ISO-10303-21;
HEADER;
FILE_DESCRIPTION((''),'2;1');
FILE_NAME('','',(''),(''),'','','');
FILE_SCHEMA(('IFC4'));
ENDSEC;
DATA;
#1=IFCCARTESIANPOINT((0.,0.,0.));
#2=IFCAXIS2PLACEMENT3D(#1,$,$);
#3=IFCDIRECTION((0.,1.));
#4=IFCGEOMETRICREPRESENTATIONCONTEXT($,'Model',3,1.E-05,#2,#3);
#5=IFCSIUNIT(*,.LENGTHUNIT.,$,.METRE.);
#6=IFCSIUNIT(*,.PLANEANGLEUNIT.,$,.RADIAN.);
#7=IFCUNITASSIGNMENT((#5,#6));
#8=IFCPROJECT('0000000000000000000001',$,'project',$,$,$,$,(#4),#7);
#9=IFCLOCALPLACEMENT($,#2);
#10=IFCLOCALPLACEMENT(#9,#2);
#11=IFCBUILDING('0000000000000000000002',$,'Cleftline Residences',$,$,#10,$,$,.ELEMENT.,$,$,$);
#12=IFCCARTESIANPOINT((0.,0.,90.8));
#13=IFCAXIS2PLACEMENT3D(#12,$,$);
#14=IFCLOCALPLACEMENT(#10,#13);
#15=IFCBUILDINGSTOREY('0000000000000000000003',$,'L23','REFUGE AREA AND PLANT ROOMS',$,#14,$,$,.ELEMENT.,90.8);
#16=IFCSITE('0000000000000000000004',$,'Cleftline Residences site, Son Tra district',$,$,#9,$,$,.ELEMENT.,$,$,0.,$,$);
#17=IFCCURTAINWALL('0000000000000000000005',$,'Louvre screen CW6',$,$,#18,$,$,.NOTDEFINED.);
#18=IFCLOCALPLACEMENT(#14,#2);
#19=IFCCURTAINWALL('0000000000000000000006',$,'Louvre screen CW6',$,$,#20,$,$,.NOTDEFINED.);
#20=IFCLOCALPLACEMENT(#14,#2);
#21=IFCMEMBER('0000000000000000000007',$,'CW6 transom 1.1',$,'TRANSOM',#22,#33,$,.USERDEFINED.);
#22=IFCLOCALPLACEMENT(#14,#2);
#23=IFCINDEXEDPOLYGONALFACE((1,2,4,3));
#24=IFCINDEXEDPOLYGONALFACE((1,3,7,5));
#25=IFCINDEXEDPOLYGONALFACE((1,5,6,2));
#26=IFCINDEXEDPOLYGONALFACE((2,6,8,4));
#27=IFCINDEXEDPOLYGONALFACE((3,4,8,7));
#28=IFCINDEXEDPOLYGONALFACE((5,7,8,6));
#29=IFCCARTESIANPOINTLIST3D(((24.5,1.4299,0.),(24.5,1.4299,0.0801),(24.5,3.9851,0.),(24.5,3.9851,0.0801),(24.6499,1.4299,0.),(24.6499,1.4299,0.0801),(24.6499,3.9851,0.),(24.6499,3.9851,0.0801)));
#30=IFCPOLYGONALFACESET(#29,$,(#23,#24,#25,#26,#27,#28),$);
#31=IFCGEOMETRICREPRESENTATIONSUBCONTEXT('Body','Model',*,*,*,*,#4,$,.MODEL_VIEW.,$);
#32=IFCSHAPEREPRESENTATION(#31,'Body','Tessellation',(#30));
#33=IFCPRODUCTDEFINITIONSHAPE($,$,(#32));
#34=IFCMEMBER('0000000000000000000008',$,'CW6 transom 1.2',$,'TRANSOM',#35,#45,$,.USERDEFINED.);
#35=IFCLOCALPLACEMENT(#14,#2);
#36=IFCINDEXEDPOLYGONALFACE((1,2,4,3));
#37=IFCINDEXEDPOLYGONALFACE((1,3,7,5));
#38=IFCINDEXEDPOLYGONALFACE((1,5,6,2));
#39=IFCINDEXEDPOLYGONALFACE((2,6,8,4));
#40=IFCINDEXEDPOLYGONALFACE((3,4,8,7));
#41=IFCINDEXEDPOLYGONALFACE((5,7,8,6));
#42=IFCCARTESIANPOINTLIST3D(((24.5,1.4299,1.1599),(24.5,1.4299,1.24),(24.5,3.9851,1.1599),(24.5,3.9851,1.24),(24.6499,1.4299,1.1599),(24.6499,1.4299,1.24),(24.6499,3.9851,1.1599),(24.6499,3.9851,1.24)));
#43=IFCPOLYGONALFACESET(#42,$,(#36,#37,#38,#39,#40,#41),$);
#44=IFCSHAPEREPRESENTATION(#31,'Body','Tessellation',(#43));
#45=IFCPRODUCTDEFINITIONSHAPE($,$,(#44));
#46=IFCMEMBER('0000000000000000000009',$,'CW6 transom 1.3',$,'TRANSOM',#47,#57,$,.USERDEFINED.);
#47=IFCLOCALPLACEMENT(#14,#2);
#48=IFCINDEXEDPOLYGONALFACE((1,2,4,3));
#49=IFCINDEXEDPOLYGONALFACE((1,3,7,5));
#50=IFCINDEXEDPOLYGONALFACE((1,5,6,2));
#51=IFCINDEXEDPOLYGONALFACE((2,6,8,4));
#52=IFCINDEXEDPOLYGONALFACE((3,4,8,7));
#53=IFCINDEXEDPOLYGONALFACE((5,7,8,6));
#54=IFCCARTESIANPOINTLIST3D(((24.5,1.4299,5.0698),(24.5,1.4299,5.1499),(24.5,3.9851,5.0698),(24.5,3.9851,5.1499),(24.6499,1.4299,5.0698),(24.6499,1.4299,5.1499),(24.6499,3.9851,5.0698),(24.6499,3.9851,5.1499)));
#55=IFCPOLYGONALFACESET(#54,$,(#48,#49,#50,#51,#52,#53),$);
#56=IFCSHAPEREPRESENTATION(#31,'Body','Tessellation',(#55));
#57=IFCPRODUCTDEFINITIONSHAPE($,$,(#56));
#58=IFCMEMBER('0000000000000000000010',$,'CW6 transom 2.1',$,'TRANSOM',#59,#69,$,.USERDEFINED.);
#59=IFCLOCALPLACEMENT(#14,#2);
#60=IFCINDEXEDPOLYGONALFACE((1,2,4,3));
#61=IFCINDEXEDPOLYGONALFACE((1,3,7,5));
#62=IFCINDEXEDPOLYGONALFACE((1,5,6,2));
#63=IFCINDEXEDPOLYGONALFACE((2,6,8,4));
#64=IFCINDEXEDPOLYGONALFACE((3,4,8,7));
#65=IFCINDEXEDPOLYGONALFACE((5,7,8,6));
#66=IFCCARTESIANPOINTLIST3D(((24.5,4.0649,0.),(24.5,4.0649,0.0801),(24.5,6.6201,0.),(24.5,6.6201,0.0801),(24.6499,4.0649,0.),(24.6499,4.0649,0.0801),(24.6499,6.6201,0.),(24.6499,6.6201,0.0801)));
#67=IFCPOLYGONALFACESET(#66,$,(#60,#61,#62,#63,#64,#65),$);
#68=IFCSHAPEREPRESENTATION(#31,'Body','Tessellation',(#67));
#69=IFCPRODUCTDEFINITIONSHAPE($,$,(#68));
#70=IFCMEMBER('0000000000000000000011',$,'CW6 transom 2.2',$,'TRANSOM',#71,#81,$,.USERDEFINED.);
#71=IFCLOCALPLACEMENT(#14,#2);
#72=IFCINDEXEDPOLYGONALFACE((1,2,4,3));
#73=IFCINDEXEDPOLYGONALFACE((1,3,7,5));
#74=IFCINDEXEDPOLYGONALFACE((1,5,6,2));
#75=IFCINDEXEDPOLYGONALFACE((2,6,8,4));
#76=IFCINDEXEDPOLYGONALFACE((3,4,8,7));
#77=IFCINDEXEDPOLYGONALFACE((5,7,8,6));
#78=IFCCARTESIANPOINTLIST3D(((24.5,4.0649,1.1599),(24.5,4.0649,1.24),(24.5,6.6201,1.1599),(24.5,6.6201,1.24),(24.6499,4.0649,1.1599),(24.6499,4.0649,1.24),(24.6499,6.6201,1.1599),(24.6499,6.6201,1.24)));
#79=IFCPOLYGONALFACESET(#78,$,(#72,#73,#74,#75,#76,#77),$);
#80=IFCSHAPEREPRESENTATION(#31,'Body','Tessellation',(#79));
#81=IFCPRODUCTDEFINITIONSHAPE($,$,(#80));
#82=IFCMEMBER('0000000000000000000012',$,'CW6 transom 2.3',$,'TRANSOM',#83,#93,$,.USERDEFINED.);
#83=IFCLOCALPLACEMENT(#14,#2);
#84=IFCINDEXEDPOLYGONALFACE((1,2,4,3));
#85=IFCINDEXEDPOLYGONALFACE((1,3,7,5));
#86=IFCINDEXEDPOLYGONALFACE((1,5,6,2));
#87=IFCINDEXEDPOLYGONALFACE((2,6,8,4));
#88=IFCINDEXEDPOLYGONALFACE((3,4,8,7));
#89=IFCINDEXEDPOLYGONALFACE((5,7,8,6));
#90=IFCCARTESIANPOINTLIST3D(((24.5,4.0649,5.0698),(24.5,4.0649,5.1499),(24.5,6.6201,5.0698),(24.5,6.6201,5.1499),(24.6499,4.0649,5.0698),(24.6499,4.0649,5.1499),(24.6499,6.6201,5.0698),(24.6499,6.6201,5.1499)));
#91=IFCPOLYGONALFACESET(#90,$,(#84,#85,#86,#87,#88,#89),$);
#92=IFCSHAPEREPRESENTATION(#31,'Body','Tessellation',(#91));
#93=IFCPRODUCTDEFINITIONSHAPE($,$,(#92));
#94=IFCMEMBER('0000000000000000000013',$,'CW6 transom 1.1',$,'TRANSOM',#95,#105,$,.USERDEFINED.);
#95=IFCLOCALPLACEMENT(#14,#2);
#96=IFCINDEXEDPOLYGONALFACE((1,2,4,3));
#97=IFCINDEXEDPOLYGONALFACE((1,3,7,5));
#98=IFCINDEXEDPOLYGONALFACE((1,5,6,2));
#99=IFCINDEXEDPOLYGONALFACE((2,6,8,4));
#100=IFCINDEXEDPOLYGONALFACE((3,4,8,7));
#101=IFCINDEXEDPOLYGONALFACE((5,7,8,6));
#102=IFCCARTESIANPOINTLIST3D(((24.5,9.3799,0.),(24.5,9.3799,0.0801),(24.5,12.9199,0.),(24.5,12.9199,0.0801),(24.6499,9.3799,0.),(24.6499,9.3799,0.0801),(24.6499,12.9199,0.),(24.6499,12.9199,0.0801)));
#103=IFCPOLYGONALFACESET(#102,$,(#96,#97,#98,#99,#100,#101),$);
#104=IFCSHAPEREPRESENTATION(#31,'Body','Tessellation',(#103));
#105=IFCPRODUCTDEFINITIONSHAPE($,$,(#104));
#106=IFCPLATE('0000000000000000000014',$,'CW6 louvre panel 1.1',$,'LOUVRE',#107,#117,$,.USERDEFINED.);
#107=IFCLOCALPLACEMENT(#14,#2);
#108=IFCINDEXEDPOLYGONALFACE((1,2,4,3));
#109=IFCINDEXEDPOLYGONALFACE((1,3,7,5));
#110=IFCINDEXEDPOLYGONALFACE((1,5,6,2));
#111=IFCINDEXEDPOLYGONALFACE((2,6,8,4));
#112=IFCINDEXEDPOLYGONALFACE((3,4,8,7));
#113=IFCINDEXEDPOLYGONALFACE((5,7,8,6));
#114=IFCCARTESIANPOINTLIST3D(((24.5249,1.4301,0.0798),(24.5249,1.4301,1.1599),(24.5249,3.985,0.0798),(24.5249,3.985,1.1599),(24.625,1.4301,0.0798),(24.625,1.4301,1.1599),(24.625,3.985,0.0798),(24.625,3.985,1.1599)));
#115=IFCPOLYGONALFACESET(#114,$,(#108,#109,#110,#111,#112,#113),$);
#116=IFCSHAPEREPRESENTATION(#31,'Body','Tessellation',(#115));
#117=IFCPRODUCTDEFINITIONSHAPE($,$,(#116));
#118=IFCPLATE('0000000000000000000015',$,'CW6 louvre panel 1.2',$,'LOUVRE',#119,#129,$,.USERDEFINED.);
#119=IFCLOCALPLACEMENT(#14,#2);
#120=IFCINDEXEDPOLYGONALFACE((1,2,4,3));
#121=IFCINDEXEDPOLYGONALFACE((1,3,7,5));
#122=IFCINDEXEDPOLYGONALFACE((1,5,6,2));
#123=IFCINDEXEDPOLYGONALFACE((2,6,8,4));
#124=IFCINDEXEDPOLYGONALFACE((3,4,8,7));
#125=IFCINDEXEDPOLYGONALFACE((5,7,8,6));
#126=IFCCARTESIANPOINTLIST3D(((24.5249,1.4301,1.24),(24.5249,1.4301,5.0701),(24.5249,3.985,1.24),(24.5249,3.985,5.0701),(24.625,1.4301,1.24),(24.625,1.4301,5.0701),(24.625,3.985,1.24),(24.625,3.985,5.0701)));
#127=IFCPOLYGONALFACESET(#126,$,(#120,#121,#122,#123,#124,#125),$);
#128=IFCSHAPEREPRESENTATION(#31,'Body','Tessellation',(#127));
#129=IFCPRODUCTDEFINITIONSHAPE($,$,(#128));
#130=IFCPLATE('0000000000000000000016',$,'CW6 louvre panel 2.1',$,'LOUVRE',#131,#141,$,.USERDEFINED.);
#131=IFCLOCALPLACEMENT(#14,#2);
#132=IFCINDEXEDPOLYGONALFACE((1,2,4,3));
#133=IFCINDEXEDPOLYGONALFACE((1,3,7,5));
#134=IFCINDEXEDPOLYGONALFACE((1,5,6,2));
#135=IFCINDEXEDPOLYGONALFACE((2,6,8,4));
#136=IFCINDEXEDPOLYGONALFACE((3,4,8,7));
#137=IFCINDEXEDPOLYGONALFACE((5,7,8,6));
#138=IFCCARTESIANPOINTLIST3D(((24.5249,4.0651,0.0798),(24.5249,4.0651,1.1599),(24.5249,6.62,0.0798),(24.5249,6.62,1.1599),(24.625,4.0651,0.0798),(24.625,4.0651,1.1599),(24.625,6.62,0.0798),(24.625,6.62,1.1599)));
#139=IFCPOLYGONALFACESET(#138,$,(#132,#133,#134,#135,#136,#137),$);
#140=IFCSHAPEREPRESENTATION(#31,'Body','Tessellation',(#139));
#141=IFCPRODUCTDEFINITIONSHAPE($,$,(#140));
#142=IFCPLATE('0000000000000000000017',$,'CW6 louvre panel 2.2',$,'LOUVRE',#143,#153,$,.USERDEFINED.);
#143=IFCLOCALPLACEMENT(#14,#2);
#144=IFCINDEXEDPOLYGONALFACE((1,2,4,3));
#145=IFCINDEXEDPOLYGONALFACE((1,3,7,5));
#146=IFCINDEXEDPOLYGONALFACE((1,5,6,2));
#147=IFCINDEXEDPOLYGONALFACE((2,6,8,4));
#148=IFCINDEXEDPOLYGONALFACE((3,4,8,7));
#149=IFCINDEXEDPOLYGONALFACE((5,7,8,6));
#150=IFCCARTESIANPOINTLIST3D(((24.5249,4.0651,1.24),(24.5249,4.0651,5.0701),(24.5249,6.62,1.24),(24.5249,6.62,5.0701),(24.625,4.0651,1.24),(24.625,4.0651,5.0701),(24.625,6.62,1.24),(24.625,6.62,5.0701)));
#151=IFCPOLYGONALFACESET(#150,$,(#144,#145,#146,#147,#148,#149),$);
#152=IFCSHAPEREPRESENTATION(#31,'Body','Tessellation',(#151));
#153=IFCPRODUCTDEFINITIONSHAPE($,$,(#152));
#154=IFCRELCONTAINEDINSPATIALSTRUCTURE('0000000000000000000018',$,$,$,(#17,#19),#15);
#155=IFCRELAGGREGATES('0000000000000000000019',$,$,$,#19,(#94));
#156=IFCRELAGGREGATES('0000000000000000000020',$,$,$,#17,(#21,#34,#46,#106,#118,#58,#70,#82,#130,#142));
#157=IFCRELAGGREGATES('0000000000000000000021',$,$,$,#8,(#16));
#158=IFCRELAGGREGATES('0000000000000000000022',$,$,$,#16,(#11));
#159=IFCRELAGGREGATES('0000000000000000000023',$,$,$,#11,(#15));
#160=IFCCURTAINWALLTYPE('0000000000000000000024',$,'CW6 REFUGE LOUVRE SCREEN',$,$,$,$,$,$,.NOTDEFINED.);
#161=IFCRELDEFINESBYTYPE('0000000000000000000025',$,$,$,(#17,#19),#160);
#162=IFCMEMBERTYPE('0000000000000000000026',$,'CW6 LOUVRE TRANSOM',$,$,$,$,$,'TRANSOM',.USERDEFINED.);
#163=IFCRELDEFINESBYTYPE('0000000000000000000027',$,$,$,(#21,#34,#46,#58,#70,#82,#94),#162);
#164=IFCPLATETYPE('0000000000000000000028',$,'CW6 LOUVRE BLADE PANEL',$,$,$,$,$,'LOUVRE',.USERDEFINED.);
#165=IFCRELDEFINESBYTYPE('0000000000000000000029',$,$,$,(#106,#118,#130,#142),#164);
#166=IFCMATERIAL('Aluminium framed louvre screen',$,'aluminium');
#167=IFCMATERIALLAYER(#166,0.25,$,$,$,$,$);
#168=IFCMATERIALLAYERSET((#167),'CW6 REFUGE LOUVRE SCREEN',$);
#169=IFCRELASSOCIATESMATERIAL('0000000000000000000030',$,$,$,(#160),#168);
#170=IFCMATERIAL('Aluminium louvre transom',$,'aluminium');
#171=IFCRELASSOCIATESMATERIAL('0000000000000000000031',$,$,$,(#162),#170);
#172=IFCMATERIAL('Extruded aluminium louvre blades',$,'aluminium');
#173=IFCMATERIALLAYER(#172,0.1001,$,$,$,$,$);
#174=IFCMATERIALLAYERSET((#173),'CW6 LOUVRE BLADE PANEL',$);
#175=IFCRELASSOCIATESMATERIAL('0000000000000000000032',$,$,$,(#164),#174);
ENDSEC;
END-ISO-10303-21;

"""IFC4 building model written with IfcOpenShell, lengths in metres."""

from ifc_helpers import new_model, si_unit, direction, frame, origin, origin_2d, place, context, subcontext, project, spatial, rectangle, extrude, material, layer, layer_set, material_profile, profile_set, type_object, element, aggregate, save


model = new_model("IFC4")

# Units and contexts
model_context = context("Model", 3, precision=1e-05, world=origin(), true_north=direction((0.0, 1.0)))
body_context = subcontext(model_context, "Body", "Model", "MODEL_VIEW")
ifc_project = project(units=[si_unit("LENGTHUNIT", "METRE"), si_unit("PLANEANGLEUNIT", "RADIAN")], contexts=[model_context])

# Site, building, storey
site_placement = place(None, origin())
site = spatial("IfcSite", under=ifc_project, at=site_placement, Name="Cleftline Residences site, Son Tra district", CompositionType="ELEMENT", RefElevation=0.0)
building_placement = place(site_placement, origin())
building = spatial("IfcBuilding", under=site, at=building_placement, Name="Cleftline Residences", CompositionType="ELEMENT")
storey_placement = place(building_placement, frame((0.0, 0.0, 90.8)))
storey = spatial("IfcBuildingStorey", under=building, at=storey_placement, Name="L23", Description="REFUGE AREA AND PLANT ROOMS", CompositionType="ELEMENT", Elevation=90.8)

# Curtain wall
ifc_material_1 = material(Name="Aluminium framed louvre screen", Category="aluminium")
ifc_layer_1 = layer(ifc_material_1, 0.25)
ifc_layer_set_1 = layer_set([ifc_layer_1], Name="CW6 REFUGE LOUVRE SCREEN")
curtain_wall_type = type_object("IfcCurtainWallType", Name="CW6 REFUGE LOUVRE SCREEN", PredefinedType="NOTDEFINED", material=ifc_layer_set_1)
curtain_wall_1_placement = place(storey_placement, origin())
curtain_wall_1 = element("IfcCurtainWall", 1, at=curtain_wall_1_placement, inside=storey, type_object=curtain_wall_type, Name="Louvre screen CW6", PredefinedType="NOTDEFINED")

# Curtain wall
curtain_wall_2_placement = place(storey_placement, origin())
curtain_wall_2 = element("IfcCurtainWall", 2, at=curtain_wall_2_placement, inside=storey, type_object=curtain_wall_type, Name="Louvre screen CW6", PredefinedType="NOTDEFINED")

# Members
ifc_material_2 = material(Name="Aluminium louvre transom", Category="aluminium")
ifc_material_profile_1 = material_profile(ifc_material_2, rectangle(XDim=0.1499, YDim=0.0801, at=origin_2d()))
ifc_profile_set_1 = profile_set([ifc_material_profile_1], Name="Aluminium louvre transom")
member_type_1 = type_object("IfcMemberType", Name="CW6 LOUVRE TRANSOM", ElementType="TRANSOM", PredefinedType="USERDEFINED", material=ifc_profile_set_1)
member_1_placement = place(storey_placement, frame((24.575, 1.4299, 0.04), z_axis=(0.0, 1.0, 0.0), x_axis=(-1.0, 0.0, 0.0)))
member_1 = element("IfcMember", 3, at=member_1_placement, type_object=member_type_1, Name="CW6 transom 1.1", ObjectType="TRANSOM", PredefinedType="USERDEFINED", context=body_context, shape_type="SweptSolid", body=[
    extrude(rectangle(XDim=0.1499, YDim=0.0801, at=origin_2d()), origin(), (0.0, 0.0, 1.0), 2.5552),
])
member_2_placement = place(storey_placement, frame((24.575, 1.4299, 1.2), z_axis=(0.0, 1.0, 0.0), x_axis=(-1.0, 0.0, 0.0)))
member_2 = element("IfcMember", 4, at=member_2_placement, type_object=member_type_1, Name="CW6 transom 1.2", ObjectType="TRANSOM", PredefinedType="USERDEFINED", context=body_context, shape_type="SweptSolid", body=[
    extrude(rectangle(XDim=0.1499, YDim=0.0801, at=origin_2d()), origin(), (0.0, 0.0, 1.0), 2.5552),
])
member_3_placement = place(storey_placement, frame((24.575, 1.4299, 5.1099), z_axis=(0.0, 1.0, 0.0), x_axis=(-1.0, 0.0, 0.0)))
member_3 = element("IfcMember", 5, at=member_3_placement, type_object=member_type_1, Name="CW6 transom 1.3", ObjectType="TRANSOM", PredefinedType="USERDEFINED", context=body_context, shape_type="SweptSolid", body=[
    extrude(rectangle(XDim=0.1499, YDim=0.0801, at=origin_2d()), origin(), (0.0, 0.0, 1.0), 2.5552),
])
member_4_placement = place(storey_placement, frame((24.575, 4.0649, 0.04), z_axis=(0.0, 1.0, 0.0), x_axis=(-1.0, 0.0, 0.0)))
member_4 = element("IfcMember", 6, at=member_4_placement, type_object=member_type_1, Name="CW6 transom 2.1", ObjectType="TRANSOM", PredefinedType="USERDEFINED", context=body_context, shape_type="SweptSolid", body=[
    extrude(rectangle(XDim=0.1499, YDim=0.0801, at=origin_2d()), origin(), (0.0, 0.0, 1.0), 2.5552),
])
member_5_placement = place(storey_placement, frame((24.575, 4.0649, 1.2), z_axis=(0.0, 1.0, 0.0), x_axis=(-1.0, 0.0, 0.0)))
member_5 = element("IfcMember", 7, at=member_5_placement, type_object=member_type_1, Name="CW6 transom 2.2", ObjectType="TRANSOM", PredefinedType="USERDEFINED", context=body_context, shape_type="SweptSolid", body=[
    extrude(rectangle(XDim=0.1499, YDim=0.0801, at=origin_2d()), origin(), (0.0, 0.0, 1.0), 2.5552),
])
member_6_placement = place(storey_placement, frame((24.575, 4.0649, 5.1099), z_axis=(0.0, 1.0, 0.0), x_axis=(-1.0, 0.0, 0.0)))
member_6 = element("IfcMember", 8, at=member_6_placement, type_object=member_type_1, Name="CW6 transom 2.3", ObjectType="TRANSOM", PredefinedType="USERDEFINED", context=body_context, shape_type="SweptSolid", body=[
    extrude(rectangle(XDim=0.1499, YDim=0.0801, at=origin_2d()), origin(), (0.0, 0.0, 1.0), 2.5552),
])
member_7_placement = place(storey_placement, frame((24.575, 9.3799, 0.04), z_axis=(0.0, 1.0, 0.0), x_axis=(-1.0, 0.0, 0.0)))
member_7 = element("IfcMember", 9, at=member_7_placement, type_object=member_type_1, Name="CW6 transom 1.1", ObjectType="TRANSOM", PredefinedType="USERDEFINED", context=body_context, shape_type="SweptSolid", body=[
    extrude(rectangle(XDim=0.1499, YDim=0.0801, at=origin_2d()), origin(), (0.0, 0.0, 1.0), 3.54),
])
aggregate(curtain_wall_2, [member_7])

# Plates
ifc_material_3 = material(Name="Extruded aluminium louvre blades", Category="aluminium")
ifc_layer_2 = layer(ifc_material_3, 0.1001)
ifc_layer_set_2 = layer_set([ifc_layer_2], Name="CW6 LOUVRE BLADE PANEL")
plate_type = type_object("IfcPlateType", Name="CW6 LOUVRE BLADE PANEL", ElementType="LOUVRE", PredefinedType="USERDEFINED", material=ifc_layer_set_2)
plate_1_placement = place(storey_placement, frame((24.575, 2.7075, 0.0798), z_axis=(0.0, 0.0, 1.0), x_axis=(0.0, 1.0, 0.0)))
plate_1 = element("IfcPlate", 10, at=plate_1_placement, type_object=plate_type, Name="CW6 louvre panel 1.1", ObjectType="LOUVRE", PredefinedType="USERDEFINED", context=body_context, shape_type="SweptSolid", body=[
    extrude(rectangle(XDim=2.5549, YDim=0.1001, at=origin_2d()), origin(), (0.0, 0.0, 1.0), 1.0801),
])
plate_2_placement = place(storey_placement, frame((24.575, 2.7075, 1.24), z_axis=(0.0, 0.0, 1.0), x_axis=(0.0, 1.0, 0.0)))
plate_2 = element("IfcPlate", 11, at=plate_2_placement, type_object=plate_type, Name="CW6 louvre panel 1.2", ObjectType="LOUVRE", PredefinedType="USERDEFINED", context=body_context, shape_type="SweptSolid", body=[
    extrude(rectangle(XDim=2.5549, YDim=0.1001, at=origin_2d()), origin(), (0.0, 0.0, 1.0), 3.8301),
])
plate_3_placement = place(storey_placement, frame((24.575, 5.3425, 0.0798), z_axis=(0.0, 0.0, 1.0), x_axis=(0.0, 1.0, 0.0)))
plate_3 = element("IfcPlate", 12, at=plate_3_placement, type_object=plate_type, Name="CW6 louvre panel 2.1", ObjectType="LOUVRE", PredefinedType="USERDEFINED", context=body_context, shape_type="SweptSolid", body=[
    extrude(rectangle(XDim=2.5549, YDim=0.1001, at=origin_2d()), origin(), (0.0, 0.0, 1.0), 1.0801),
])
plate_4_placement = place(storey_placement, frame((24.575, 5.3425, 1.24), z_axis=(0.0, 0.0, 1.0), x_axis=(0.0, 1.0, 0.0)))
plate_4 = element("IfcPlate", 13, at=plate_4_placement, type_object=plate_type, Name="CW6 louvre panel 2.2", ObjectType="LOUVRE", PredefinedType="USERDEFINED", context=body_context, shape_type="SweptSolid", body=[
    extrude(rectangle(XDim=2.5549, YDim=0.1001, at=origin_2d()), origin(), (0.0, 0.0, 1.0), 3.8301),
])
aggregate(curtain_wall_1, [member_1, member_2, member_3, plate_1, plate_2, member_4, member_5, member_6, plate_3, plate_4])

save(model, "model.ifc")
